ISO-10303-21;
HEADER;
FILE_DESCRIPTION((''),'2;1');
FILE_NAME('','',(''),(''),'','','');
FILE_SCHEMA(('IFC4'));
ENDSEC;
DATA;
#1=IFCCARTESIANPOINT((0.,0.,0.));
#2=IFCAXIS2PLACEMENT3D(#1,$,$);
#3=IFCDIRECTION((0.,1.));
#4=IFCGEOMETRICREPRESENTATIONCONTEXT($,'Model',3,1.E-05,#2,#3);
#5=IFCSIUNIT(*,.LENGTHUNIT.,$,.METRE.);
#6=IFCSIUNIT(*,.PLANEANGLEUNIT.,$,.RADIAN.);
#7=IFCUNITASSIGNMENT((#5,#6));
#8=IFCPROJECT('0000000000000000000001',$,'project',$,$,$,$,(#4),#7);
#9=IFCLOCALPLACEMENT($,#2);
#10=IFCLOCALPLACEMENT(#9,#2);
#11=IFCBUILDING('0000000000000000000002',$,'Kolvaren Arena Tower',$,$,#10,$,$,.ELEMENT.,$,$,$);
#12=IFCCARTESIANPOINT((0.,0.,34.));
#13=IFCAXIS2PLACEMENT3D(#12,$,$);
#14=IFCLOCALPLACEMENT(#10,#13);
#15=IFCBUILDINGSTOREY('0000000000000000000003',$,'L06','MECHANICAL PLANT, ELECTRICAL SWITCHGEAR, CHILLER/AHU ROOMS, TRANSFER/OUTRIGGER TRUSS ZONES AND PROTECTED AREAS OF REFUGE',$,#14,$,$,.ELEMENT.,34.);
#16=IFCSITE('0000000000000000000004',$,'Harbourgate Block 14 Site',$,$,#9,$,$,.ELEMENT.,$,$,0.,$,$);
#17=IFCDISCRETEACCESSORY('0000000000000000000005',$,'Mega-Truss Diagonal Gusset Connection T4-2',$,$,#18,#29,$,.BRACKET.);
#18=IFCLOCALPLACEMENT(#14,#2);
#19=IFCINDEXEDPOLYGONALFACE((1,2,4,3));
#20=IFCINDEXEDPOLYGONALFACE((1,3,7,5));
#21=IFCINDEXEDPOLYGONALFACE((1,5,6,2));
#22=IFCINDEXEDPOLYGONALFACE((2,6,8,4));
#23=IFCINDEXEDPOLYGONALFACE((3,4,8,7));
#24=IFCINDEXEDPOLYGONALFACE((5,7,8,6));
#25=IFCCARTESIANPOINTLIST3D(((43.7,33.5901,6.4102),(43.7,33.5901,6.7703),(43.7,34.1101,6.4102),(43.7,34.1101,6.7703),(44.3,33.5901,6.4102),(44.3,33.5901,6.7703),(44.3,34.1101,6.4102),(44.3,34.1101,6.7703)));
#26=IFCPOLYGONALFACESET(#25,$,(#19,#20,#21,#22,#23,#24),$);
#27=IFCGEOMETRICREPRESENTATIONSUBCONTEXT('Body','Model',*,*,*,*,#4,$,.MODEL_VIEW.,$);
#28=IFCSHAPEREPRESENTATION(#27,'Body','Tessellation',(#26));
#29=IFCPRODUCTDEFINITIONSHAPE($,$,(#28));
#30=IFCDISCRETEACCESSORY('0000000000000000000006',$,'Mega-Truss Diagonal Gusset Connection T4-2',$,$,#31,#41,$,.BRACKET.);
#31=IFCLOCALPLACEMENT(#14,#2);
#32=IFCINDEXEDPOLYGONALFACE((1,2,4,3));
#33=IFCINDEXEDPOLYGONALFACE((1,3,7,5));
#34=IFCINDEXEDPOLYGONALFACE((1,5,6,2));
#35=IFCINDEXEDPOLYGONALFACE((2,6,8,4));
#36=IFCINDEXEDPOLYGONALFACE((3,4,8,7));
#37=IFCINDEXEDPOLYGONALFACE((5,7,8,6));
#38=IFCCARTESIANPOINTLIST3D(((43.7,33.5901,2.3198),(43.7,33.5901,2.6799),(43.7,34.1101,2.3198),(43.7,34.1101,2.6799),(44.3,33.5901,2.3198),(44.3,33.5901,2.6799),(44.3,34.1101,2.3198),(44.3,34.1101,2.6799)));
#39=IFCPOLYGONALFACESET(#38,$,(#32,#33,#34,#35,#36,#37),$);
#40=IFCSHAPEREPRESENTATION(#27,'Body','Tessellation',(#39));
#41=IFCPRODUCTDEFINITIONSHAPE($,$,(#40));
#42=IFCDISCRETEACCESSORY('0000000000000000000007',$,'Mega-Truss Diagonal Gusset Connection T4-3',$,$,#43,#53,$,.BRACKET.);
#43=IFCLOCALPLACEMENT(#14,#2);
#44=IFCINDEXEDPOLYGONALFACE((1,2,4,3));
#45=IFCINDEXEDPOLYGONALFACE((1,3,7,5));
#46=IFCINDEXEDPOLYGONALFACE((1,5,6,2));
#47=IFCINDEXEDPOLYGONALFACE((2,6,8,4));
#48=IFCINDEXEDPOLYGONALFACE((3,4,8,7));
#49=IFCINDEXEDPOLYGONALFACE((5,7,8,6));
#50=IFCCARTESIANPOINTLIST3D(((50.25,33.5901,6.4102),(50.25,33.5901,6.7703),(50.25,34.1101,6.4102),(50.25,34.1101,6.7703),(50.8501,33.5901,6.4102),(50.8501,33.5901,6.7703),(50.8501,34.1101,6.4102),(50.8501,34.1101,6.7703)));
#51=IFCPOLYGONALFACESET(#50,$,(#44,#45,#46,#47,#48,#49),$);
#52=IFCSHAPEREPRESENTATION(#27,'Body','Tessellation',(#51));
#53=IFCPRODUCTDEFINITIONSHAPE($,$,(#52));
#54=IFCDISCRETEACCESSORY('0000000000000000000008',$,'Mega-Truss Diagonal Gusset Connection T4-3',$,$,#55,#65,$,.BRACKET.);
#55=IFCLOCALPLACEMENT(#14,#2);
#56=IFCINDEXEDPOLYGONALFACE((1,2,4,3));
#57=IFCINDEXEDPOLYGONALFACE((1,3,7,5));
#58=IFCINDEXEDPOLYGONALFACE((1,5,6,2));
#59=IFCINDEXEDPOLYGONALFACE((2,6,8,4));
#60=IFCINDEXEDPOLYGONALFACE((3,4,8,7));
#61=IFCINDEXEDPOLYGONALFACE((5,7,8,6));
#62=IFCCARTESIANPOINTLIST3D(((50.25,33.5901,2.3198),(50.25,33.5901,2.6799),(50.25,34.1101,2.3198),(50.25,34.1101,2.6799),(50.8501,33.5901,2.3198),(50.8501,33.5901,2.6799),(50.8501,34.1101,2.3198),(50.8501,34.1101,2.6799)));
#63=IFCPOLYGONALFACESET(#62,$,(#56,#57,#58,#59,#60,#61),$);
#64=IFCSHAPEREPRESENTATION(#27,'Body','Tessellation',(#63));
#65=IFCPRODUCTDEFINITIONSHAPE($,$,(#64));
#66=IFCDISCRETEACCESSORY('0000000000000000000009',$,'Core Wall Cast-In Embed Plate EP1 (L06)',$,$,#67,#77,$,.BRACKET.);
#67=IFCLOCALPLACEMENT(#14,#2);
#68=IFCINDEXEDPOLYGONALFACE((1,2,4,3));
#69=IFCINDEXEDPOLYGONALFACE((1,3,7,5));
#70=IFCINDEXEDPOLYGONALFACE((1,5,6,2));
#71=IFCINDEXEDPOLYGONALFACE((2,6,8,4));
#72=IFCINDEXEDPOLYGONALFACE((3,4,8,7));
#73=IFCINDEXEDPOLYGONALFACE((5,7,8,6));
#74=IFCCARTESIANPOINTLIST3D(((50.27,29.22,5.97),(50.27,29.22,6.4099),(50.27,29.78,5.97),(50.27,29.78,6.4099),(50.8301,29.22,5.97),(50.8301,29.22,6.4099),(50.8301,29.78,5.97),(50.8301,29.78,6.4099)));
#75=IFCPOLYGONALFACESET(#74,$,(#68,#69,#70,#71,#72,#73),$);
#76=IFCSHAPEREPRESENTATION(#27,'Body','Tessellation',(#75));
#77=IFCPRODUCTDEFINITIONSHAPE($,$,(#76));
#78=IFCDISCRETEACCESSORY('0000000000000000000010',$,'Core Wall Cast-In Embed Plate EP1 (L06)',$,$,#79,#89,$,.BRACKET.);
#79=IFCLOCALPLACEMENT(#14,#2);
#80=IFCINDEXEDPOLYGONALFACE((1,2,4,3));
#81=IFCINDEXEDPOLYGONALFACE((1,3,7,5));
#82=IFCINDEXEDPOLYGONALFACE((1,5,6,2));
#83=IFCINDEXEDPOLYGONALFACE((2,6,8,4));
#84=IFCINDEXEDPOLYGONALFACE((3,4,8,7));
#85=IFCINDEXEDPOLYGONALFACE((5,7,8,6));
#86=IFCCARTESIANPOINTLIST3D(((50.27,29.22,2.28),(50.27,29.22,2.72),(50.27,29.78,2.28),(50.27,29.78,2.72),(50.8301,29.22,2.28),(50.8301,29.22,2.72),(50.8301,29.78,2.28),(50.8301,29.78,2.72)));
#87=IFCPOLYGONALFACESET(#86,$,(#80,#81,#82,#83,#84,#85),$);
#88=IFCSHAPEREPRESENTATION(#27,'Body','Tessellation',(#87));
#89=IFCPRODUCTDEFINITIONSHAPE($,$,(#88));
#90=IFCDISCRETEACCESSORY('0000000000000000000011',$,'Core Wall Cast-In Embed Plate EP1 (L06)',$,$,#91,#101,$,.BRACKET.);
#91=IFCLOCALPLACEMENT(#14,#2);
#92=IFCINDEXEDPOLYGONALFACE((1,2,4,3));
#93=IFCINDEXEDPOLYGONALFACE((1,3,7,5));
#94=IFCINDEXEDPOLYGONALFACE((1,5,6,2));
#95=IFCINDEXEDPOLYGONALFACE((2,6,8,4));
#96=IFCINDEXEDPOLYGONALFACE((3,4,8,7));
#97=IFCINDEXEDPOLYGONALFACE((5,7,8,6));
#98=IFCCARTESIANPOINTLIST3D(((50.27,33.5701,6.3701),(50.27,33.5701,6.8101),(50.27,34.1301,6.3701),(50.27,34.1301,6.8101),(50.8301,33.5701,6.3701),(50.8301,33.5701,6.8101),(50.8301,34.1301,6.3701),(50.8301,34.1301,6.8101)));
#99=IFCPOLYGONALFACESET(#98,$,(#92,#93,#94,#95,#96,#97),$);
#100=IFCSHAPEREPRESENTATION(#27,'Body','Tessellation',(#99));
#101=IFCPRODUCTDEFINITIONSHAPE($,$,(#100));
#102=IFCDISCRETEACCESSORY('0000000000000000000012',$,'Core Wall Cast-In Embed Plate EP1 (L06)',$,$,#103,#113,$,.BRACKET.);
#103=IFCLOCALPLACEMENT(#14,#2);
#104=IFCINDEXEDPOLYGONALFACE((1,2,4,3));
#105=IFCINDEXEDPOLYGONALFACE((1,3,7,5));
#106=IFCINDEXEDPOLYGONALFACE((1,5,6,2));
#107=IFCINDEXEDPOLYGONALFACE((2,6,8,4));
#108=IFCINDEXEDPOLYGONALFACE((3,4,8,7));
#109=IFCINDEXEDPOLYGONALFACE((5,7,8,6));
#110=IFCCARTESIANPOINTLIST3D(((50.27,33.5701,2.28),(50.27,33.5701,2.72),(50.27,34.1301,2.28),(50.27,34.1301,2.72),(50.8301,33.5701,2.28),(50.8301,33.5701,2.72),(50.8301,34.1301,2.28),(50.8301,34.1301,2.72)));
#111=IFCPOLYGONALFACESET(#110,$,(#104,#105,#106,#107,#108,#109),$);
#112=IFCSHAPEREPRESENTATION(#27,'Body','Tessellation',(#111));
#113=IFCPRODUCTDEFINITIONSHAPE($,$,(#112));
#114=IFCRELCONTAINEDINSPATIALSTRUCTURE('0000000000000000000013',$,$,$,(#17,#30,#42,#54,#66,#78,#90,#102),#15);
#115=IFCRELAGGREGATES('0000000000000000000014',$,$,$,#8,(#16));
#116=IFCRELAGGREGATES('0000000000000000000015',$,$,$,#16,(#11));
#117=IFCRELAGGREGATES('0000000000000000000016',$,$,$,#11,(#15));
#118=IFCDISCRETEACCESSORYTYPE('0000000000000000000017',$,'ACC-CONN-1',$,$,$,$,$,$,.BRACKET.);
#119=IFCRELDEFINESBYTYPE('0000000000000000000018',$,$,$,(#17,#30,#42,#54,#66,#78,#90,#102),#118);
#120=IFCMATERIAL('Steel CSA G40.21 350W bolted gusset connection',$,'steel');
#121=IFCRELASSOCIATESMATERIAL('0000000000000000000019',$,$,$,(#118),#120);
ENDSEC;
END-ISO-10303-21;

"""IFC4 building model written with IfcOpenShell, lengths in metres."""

from ifc_helpers import new_model, si_unit, direction, frame, origin, origin_2d, place, context, subcontext, project, spatial, rectangle, extrude, material, type_object, element, save


model = new_model("IFC4")

# Units and contexts
model_context = context("Model", 3, precision=1e-05, world=origin(), true_north=direction((0.0, 1.0)))
body_context = subcontext(model_context, "Body", "Model", "MODEL_VIEW")
ifc_project = project(units=[si_unit("LENGTHUNIT", "METRE"), si_unit("PLANEANGLEUNIT", "RADIAN")], contexts=[model_context])

# Site, building, storey
site_placement = place(None, origin())
site = spatial("IfcSite", under=ifc_project, at=site_placement, Name="Harbourgate Block 14 Site", CompositionType="ELEMENT", RefElevation=0.0)
building_placement = place(site_placement, origin())
building = spatial("IfcBuilding", under=site, at=building_placement, Name="Kolvaren Arena Tower", CompositionType="ELEMENT")
storey_placement = place(building_placement, frame((0.0, 0.0, 34.0)))
storey = spatial("IfcBuildingStorey", under=building, at=storey_placement, Name="L06", Description="MECHANICAL PLANT, ELECTRICAL SWITCHGEAR, CHILLER/AHU ROOMS, TRANSFER/OUTRIGGER TRUSS ZONES AND PROTECTED AREAS OF REFUGE", CompositionType="ELEMENT", Elevation=34.0)

# Discrete accessories
ifc_material_1 = material(Name="Steel CSA G40.21 350W bolted gusset connection", Category="steel")
discrete_accessory_type = type_object("IfcDiscreteAccessoryType", Name="ACC-CONN-1", PredefinedType="BRACKET", material=ifc_material_1)
for number, where, z_axis, x_axis, name in (
    (1, (44.0, 33.8501, 6.4102), (0.0, 0.0, 1.0), (1.0, 0.0, 0.0), "Mega-Truss Diagonal Gusset Connection T4-2"),
    (2, (44.0, 33.8501, 2.3198), (0.0, 0.0, 1.0), (1.0, 0.0, 0.0), "Mega-Truss Diagonal Gusset Connection T4-2"),
    (3, (50.55, 33.8501, 6.4102), (0.0, 0.0, 1.0), (1.0, 0.0, 0.0), "Mega-Truss Diagonal Gusset Connection T4-3"),
    (4, (50.55, 33.8501, 2.3198), (0.0, 0.0, 1.0), (1.0, 0.0, 0.0), "Mega-Truss Diagonal Gusset Connection T4-3"),
):
    element("IfcDiscreteAccessory", number, at=place(storey_placement, frame(where, z_axis=z_axis, x_axis=x_axis)), inside=storey, type_object=discrete_accessory_type, Name=name, PredefinedType="BRACKET", context=body_context, shape_type="SweptSolid", body=[
        extrude(rectangle(XDim=0.6001, YDim=0.52, at=origin_2d()), origin(), (0.0, 0.0, 1.0), 0.3601),
    ])
for number, where, z_axis, x_axis, name in (
    (5, (50.55, 29.5, 5.97), (0.0, 0.0, 1.0), (1.0, 0.0, 0.0), "Core Wall Cast-In Embed Plate EP1 (L06)"),
    (6, (50.55, 29.5, 2.28), (0.0, 0.0, 1.0), (1.0, 0.0, 0.0), "Core Wall Cast-In Embed Plate EP1 (L06)"),
    (7, (50.55, 33.8501, 6.3701), (0.0, 0.0, 1.0), (1.0, 0.0, 0.0), "Core Wall Cast-In Embed Plate EP1 (L06)"),
    (8, (50.55, 33.8501, 2.28), (0.0, 0.0, 1.0), (1.0, 0.0, 0.0), "Core Wall Cast-In Embed Plate EP1 (L06)"),
):
    element("IfcDiscreteAccessory", number, at=place(storey_placement, frame(where, z_axis=z_axis, x_axis=x_axis)), inside=storey, type_object=discrete_accessory_type, Name=name, PredefinedType="BRACKET", context=body_context, shape_type="SweptSolid", body=[
        extrude(rectangle(XDim=0.5601, YDim=0.5601, at=origin_2d()), origin(), (0.0, 0.0, 1.0), 0.4399),
    ])

save(model, "model.ifc")
